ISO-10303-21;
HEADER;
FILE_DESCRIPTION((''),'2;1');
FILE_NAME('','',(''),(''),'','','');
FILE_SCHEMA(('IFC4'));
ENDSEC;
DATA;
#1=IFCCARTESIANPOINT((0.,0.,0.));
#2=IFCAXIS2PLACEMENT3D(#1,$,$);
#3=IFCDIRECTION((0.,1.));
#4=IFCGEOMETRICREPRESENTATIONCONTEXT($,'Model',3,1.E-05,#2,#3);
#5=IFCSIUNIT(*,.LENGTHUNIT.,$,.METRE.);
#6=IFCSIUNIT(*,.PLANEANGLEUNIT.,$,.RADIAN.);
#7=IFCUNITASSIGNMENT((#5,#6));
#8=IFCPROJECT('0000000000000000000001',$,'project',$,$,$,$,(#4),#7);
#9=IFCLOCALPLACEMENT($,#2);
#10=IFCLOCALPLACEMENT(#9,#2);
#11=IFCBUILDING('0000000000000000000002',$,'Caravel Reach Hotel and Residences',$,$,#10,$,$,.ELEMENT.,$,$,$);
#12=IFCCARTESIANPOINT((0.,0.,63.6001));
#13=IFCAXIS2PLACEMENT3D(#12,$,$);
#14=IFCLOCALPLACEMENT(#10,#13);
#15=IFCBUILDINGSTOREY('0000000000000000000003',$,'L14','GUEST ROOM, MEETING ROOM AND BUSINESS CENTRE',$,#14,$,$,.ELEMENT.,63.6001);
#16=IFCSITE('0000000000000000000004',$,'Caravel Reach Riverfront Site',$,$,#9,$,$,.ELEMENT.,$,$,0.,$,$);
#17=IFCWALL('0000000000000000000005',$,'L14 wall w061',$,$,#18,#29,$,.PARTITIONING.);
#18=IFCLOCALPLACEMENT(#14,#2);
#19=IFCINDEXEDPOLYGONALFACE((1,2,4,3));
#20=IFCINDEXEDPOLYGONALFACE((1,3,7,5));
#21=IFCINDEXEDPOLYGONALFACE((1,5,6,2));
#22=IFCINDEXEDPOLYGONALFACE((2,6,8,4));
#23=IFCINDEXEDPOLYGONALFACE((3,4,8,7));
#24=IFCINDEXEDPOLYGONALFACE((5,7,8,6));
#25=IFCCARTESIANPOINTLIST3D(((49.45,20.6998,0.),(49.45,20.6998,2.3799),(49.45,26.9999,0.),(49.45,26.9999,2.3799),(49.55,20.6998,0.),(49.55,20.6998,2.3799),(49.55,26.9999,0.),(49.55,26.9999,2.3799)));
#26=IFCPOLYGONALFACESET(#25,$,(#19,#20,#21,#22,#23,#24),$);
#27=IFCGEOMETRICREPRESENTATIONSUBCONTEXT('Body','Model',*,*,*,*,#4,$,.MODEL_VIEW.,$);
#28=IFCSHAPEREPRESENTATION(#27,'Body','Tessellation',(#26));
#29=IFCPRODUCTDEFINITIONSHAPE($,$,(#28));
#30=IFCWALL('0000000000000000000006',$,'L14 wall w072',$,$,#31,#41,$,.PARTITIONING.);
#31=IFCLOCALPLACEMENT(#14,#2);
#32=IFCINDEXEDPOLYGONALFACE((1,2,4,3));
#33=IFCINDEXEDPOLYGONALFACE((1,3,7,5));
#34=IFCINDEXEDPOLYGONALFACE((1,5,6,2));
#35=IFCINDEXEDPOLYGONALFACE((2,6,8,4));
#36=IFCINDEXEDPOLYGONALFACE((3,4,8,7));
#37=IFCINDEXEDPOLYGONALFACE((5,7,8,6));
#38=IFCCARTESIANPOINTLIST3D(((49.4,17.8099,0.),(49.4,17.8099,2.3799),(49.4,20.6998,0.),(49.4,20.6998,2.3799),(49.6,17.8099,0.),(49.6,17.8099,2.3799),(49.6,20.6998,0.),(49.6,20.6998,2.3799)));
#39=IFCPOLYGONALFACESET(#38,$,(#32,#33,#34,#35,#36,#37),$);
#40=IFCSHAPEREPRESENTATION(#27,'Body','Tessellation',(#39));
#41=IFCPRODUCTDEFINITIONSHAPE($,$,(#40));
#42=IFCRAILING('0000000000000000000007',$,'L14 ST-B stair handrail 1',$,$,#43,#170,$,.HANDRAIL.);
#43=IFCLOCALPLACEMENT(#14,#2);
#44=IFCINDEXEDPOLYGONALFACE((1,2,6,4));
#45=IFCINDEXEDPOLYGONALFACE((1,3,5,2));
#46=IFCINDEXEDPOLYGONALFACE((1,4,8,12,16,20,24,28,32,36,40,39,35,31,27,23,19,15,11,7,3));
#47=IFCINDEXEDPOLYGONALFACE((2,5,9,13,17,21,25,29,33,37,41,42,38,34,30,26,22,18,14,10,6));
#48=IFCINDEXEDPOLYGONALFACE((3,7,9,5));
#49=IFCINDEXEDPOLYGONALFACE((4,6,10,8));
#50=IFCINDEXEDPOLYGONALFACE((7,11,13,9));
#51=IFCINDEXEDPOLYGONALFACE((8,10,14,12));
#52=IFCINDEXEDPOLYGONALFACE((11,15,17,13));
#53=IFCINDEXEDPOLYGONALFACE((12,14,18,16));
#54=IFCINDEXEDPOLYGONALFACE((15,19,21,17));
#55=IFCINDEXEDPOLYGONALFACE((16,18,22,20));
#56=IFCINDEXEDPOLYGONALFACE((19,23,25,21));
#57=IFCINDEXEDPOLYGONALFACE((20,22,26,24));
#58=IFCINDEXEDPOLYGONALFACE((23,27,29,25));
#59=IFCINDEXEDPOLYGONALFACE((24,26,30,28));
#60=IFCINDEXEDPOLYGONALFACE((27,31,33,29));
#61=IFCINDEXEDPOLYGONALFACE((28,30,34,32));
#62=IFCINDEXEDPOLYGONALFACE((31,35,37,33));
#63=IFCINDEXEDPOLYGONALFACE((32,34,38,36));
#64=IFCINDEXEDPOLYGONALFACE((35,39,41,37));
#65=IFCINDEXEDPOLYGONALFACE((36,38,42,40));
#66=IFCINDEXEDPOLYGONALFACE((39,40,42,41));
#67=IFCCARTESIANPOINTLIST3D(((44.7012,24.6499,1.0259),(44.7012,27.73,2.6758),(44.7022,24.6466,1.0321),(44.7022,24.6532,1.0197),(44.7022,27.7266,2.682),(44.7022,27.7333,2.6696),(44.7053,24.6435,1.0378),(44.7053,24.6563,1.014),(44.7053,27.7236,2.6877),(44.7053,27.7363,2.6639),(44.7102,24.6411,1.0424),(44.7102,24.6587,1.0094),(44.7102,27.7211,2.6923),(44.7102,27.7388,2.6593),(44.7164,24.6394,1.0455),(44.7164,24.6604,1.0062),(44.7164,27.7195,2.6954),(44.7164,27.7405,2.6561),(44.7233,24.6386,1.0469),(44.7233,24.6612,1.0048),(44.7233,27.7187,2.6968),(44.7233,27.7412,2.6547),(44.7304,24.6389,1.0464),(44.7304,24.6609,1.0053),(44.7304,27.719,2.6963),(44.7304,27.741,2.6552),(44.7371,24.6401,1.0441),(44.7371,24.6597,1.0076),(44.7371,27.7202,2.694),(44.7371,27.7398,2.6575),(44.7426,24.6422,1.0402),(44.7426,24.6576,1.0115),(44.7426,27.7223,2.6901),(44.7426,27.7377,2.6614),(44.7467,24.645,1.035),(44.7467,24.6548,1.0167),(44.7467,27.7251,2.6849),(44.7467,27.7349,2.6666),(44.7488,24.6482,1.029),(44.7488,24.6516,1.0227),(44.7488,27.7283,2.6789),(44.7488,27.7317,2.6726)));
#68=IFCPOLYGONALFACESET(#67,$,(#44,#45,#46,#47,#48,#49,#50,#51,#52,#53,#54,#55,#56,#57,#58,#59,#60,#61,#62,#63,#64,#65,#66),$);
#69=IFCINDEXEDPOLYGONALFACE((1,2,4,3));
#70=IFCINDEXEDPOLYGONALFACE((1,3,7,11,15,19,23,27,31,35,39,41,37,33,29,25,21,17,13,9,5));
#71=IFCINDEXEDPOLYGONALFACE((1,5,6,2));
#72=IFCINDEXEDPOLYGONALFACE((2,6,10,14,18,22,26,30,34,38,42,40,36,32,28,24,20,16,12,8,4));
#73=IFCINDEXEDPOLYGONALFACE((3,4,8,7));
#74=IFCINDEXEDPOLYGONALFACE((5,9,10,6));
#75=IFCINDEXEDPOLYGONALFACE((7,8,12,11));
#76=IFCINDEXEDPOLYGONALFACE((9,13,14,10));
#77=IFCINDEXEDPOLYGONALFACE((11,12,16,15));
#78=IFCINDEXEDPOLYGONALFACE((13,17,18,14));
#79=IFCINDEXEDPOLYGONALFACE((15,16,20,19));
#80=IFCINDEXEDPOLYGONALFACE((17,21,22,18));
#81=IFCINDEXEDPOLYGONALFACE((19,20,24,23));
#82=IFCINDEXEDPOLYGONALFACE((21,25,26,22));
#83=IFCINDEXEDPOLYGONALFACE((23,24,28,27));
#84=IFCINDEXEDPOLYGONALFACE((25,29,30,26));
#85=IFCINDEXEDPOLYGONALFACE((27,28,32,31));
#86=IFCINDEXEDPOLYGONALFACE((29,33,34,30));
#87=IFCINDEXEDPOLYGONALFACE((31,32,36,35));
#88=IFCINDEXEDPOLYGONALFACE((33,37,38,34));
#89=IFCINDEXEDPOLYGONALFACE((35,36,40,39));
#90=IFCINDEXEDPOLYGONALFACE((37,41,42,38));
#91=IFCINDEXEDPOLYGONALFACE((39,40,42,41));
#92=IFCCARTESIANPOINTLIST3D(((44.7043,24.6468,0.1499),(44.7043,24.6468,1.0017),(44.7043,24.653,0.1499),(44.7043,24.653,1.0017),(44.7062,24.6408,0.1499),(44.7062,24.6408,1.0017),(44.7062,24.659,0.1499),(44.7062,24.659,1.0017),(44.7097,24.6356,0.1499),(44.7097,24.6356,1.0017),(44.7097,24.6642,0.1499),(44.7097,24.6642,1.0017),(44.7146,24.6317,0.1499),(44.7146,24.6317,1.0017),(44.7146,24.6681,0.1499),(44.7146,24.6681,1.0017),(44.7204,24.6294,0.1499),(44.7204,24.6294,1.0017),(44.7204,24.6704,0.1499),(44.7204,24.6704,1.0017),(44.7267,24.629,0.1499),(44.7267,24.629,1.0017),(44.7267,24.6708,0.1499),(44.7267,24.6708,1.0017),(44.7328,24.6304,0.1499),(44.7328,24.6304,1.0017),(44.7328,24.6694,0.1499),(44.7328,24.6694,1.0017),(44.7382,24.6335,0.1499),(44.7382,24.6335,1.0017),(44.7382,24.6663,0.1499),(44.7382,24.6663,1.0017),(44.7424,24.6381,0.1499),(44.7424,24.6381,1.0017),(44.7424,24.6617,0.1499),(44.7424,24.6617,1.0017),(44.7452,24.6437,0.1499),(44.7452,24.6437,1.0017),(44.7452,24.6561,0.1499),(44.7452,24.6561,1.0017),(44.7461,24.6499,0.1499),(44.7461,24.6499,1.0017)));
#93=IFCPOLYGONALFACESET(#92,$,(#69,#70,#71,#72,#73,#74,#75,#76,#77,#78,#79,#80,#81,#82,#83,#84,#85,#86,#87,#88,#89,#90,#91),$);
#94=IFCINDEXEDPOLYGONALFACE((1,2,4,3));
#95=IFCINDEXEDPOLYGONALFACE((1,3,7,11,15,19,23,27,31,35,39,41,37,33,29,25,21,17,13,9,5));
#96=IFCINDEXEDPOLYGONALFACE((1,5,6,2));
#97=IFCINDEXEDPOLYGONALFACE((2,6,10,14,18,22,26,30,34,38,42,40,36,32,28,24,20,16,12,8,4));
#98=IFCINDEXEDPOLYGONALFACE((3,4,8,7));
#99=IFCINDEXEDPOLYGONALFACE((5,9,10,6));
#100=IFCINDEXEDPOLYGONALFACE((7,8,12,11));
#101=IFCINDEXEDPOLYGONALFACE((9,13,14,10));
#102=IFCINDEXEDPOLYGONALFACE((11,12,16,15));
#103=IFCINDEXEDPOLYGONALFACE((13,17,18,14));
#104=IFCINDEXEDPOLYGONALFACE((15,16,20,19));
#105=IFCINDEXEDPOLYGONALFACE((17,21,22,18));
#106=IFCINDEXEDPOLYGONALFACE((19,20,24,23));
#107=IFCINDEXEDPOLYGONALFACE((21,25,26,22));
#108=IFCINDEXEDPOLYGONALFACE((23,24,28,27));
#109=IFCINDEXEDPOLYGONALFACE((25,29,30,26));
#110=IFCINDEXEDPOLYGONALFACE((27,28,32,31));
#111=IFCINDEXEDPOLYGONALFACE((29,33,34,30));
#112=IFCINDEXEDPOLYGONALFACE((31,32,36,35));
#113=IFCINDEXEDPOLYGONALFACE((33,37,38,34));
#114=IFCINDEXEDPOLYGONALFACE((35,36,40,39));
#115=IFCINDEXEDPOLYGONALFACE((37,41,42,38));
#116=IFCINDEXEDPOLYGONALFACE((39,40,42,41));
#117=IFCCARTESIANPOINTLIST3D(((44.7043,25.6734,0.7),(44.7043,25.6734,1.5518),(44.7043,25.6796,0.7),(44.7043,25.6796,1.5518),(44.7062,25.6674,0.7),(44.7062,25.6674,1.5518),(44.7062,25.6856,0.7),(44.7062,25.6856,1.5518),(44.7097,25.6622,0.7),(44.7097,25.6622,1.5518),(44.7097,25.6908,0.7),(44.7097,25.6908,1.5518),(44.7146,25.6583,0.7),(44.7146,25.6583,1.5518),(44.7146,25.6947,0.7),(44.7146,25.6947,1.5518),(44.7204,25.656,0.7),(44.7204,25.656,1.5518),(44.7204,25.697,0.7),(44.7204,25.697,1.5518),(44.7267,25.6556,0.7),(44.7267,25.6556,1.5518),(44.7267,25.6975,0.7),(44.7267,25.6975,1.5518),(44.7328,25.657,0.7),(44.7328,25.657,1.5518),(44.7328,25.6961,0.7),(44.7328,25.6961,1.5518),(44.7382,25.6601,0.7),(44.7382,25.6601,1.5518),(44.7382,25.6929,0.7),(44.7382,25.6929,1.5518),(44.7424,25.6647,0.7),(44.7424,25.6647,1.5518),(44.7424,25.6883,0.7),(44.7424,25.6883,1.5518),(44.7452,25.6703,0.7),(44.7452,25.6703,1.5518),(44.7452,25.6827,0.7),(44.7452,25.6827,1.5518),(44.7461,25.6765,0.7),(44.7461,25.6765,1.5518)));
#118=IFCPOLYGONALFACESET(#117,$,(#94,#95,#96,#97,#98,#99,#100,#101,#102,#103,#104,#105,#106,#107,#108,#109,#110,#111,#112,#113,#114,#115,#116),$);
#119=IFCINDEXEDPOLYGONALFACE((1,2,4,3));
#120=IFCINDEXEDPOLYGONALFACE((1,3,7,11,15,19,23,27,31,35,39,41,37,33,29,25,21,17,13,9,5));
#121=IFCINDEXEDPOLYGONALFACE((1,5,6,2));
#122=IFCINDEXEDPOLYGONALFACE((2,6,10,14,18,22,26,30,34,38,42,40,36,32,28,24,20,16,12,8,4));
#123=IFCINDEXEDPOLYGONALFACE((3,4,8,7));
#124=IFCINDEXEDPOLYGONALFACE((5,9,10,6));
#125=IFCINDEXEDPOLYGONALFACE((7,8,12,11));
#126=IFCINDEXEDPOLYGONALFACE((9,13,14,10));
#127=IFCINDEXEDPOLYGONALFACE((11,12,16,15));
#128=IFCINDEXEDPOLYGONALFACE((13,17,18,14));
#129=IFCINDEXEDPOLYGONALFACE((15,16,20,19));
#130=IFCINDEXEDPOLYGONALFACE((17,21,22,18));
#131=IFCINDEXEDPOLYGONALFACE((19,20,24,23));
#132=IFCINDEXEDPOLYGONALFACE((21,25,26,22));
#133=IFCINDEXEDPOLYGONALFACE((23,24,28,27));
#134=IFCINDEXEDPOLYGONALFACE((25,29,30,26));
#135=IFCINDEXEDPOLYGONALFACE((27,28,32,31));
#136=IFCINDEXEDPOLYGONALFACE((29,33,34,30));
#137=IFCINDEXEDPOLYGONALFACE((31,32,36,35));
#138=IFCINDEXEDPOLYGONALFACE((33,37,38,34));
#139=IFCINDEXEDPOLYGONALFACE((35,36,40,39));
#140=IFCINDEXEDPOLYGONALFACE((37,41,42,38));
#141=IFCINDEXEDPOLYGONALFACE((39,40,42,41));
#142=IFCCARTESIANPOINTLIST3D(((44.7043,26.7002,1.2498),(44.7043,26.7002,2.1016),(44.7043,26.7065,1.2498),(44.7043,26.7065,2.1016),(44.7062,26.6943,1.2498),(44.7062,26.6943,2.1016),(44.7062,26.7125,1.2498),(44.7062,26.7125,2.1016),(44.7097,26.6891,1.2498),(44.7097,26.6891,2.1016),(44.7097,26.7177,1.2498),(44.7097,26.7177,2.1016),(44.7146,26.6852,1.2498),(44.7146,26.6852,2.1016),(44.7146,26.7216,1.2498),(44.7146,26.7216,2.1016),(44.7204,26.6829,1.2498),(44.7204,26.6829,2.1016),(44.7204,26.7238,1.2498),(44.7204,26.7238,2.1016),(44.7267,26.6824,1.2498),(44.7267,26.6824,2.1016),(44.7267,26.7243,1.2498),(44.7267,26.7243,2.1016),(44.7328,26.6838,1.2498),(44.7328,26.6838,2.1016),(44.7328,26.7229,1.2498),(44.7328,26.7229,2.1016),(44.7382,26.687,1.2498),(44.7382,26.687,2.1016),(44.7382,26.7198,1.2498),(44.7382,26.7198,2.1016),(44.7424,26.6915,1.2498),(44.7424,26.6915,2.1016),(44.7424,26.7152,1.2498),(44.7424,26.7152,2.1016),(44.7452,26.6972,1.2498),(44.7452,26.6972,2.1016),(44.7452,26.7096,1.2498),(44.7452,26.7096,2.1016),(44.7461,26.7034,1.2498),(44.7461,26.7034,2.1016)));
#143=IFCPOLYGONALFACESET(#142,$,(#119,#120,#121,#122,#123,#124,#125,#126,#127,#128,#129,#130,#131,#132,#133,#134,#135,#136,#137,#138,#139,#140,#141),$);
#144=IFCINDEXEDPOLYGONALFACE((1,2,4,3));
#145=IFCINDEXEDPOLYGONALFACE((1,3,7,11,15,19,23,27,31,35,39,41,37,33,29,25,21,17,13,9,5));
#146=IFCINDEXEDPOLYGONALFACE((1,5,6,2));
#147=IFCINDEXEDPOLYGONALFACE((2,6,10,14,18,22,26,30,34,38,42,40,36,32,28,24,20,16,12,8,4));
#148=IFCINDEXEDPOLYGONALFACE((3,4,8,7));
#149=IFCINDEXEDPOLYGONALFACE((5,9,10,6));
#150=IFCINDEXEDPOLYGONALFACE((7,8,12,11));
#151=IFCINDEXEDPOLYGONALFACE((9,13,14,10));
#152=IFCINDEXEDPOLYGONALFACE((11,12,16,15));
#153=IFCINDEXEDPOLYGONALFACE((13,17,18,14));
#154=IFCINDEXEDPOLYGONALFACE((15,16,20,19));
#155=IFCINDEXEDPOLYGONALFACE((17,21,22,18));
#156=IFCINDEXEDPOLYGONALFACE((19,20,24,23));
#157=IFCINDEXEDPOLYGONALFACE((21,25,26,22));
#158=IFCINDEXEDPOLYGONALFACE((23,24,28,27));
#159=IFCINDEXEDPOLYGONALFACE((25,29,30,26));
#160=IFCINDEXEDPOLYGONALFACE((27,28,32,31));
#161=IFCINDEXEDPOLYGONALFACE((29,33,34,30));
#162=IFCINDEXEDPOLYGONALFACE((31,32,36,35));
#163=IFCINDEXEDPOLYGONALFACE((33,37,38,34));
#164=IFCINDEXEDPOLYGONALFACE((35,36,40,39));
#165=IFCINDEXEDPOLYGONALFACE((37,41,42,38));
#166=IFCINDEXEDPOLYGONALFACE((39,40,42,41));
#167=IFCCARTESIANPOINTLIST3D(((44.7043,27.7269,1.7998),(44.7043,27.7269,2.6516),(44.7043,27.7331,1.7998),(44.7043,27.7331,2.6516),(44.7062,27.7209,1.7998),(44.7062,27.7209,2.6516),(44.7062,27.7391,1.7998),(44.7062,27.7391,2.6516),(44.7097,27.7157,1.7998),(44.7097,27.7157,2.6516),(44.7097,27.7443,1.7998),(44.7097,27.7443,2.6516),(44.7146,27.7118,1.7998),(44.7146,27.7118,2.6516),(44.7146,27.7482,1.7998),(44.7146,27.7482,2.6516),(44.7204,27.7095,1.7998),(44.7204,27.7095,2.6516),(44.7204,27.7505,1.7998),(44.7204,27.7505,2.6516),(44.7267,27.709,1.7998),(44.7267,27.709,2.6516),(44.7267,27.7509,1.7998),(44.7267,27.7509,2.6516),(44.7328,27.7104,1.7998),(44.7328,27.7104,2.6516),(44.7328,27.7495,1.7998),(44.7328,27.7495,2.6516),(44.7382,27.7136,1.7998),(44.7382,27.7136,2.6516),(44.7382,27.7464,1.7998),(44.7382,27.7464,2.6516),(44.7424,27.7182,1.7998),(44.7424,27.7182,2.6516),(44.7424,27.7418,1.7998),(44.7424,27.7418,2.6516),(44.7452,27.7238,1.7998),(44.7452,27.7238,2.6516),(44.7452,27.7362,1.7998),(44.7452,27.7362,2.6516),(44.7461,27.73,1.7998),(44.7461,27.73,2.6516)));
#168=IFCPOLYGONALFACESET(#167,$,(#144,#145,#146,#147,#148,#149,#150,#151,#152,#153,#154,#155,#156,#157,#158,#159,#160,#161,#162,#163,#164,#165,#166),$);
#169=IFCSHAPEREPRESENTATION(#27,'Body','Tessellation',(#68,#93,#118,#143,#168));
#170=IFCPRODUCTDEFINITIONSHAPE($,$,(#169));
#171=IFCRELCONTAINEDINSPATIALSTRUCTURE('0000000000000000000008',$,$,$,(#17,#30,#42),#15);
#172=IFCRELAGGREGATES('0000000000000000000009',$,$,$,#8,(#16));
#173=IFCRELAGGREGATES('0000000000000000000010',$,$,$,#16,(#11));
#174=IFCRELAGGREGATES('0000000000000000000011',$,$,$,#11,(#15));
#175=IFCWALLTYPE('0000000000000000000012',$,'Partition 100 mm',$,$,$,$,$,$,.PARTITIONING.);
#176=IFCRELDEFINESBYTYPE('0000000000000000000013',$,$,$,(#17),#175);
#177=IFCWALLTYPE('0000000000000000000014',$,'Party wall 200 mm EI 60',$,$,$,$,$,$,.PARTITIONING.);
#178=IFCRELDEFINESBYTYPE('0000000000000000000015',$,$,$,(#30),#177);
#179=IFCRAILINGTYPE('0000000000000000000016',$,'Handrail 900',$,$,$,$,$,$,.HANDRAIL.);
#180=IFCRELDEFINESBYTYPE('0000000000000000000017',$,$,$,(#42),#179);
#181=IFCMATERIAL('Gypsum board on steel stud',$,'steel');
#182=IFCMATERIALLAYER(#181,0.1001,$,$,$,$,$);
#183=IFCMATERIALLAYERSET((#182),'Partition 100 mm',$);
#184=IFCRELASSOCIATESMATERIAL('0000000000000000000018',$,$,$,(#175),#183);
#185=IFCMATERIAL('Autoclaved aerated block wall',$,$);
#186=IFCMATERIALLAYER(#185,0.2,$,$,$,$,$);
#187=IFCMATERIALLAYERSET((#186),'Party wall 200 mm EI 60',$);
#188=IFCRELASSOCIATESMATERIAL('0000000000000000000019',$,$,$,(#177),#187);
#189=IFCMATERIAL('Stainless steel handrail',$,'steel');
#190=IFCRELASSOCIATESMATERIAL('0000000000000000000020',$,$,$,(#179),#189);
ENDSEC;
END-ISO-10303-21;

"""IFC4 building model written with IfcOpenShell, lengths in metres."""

from ifc_helpers import new_model, si_unit, direction, frame, frame_2d, origin, origin_2d, place, context, subcontext, project, spatial, rectangle, circle, extrude, material, layer, layer_set, type_object, element, save


model = new_model("IFC4")

# Units and contexts
model_context = context("Model", 3, precision=1e-05, world=origin(), true_north=direction((0.0, 1.0)))
body_context = subcontext(model_context, "Body", "Model", "MODEL_VIEW")
ifc_project = project(units=[si_unit("LENGTHUNIT", "METRE"), si_unit("PLANEANGLEUNIT", "RADIAN")], contexts=[model_context])

# Site, building, storey
site_placement = place(None, origin())
site = spatial("IfcSite", under=ifc_project, at=site_placement, Name="Caravel Reach Riverfront Site", CompositionType="ELEMENT", RefElevation=0.0)
building_placement = place(site_placement, origin())
building = spatial("IfcBuilding", under=site, at=building_placement, Name="Caravel Reach Hotel and Residences", CompositionType="ELEMENT")
storey_placement = place(building_placement, frame((0.0, 0.0, 63.6001)))
storey = spatial("IfcBuildingStorey", under=building, at=storey_placement, Name="L14", Description="GUEST ROOM, MEETING ROOM AND BUSINESS CENTRE", CompositionType="ELEMENT", Elevation=63.6001)

# Walls
ifc_material_1 = material(Name="Gypsum board on steel stud", Category="steel")
ifc_layer_1 = layer(ifc_material_1, 0.1001)
ifc_layer_set_1 = layer_set([ifc_layer_1], Name="Partition 100 mm")
wall_type_1 = type_object("IfcWallType", Name="Partition 100 mm", PredefinedType="PARTITIONING", material=ifc_layer_set_1)
wall_1_placement = place(storey_placement, frame((49.5, 20.7, 0.0), z_axis=(0.0, 0.0, 1.0), x_axis=(0.0, 1.0, 0.0)))
element("IfcWall", 1, at=wall_1_placement, inside=storey, type_object=wall_type_1, Name="L14 wall w061", PredefinedType="PARTITIONING", context=body_context, shape_type="SweptSolid", body=[
    extrude(rectangle(XDim=6.3, YDim=0.1001, at=frame_2d((3.1499, 0.0))), origin(), (0.0, 0.0, 1.0), 2.3799),
])
ifc_material_2 = material(Name="Autoclaved aerated block wall")
ifc_layer_2 = layer(ifc_material_2, 0.2)
ifc_layer_set_2 = layer_set([ifc_layer_2], Name="Party wall 200 mm EI 60")
wall_type_2 = type_object("IfcWallType", Name="Party wall 200 mm EI 60", PredefinedType="PARTITIONING", material=ifc_layer_set_2)
wall_2_placement = place(storey_placement, frame((49.5, 17.8101, 0.0), z_axis=(0.0, 0.0, 1.0), x_axis=(0.0, 1.0, 0.0)))
element("IfcWall", 2, at=wall_2_placement, inside=storey, type_object=wall_type_2, Name="L14 wall w072", PredefinedType="PARTITIONING", context=body_context, shape_type="SweptSolid", body=[
    extrude(rectangle(XDim=2.8899, YDim=0.2, at=frame_2d((1.4448, 0.0))), origin(), (0.0, 0.0, 1.0), 2.3799),
])

# Railing
ifc_material_3 = material(Name="Stainless steel handrail", Category="steel")
railing_type = type_object("IfcRailingType", Name="Handrail 900", PredefinedType="HANDRAIL", material=ifc_material_3)
railing_placement = place(storey_placement, frame((44.7251, 24.6499, 0.1499)))
element("IfcRailing", 3, at=railing_placement, inside=storey, type_object=railing_type, Name="L14 ST-B stair handrail 1", PredefinedType="HANDRAIL", context=body_context, shape_type="SweptSolid", body=[
    extrude(circle(Radius=0.0239, at=origin_2d()), frame((0.0, 0.0, 0.876), z_axis=(0.0, 0.881497, 0.47219), x_axis=(-1.0, 0.0, 0.0)), (0.0, 0.0, 1.0), 3.4941),
    extrude(circle(Radius=0.021, at=origin_2d()), origin(), (0.0, 0.0, 1.0), 0.8518),
    extrude(circle(Radius=0.021, at=origin_2d()), frame((0.0, 1.0266, 0.55)), (0.0, 0.0, 1.0), 0.8518),
    extrude(circle(Radius=0.021, at=origin_2d()), frame((0.0, 2.0535, 1.0999)), (0.0, 0.0, 1.0), 0.8518),
    extrude(circle(Radius=0.021, at=origin_2d()), frame((0.0, 3.0801, 1.6499)), (0.0, 0.0, 1.0), 0.8518),
])

save(model, "model.ifc")
